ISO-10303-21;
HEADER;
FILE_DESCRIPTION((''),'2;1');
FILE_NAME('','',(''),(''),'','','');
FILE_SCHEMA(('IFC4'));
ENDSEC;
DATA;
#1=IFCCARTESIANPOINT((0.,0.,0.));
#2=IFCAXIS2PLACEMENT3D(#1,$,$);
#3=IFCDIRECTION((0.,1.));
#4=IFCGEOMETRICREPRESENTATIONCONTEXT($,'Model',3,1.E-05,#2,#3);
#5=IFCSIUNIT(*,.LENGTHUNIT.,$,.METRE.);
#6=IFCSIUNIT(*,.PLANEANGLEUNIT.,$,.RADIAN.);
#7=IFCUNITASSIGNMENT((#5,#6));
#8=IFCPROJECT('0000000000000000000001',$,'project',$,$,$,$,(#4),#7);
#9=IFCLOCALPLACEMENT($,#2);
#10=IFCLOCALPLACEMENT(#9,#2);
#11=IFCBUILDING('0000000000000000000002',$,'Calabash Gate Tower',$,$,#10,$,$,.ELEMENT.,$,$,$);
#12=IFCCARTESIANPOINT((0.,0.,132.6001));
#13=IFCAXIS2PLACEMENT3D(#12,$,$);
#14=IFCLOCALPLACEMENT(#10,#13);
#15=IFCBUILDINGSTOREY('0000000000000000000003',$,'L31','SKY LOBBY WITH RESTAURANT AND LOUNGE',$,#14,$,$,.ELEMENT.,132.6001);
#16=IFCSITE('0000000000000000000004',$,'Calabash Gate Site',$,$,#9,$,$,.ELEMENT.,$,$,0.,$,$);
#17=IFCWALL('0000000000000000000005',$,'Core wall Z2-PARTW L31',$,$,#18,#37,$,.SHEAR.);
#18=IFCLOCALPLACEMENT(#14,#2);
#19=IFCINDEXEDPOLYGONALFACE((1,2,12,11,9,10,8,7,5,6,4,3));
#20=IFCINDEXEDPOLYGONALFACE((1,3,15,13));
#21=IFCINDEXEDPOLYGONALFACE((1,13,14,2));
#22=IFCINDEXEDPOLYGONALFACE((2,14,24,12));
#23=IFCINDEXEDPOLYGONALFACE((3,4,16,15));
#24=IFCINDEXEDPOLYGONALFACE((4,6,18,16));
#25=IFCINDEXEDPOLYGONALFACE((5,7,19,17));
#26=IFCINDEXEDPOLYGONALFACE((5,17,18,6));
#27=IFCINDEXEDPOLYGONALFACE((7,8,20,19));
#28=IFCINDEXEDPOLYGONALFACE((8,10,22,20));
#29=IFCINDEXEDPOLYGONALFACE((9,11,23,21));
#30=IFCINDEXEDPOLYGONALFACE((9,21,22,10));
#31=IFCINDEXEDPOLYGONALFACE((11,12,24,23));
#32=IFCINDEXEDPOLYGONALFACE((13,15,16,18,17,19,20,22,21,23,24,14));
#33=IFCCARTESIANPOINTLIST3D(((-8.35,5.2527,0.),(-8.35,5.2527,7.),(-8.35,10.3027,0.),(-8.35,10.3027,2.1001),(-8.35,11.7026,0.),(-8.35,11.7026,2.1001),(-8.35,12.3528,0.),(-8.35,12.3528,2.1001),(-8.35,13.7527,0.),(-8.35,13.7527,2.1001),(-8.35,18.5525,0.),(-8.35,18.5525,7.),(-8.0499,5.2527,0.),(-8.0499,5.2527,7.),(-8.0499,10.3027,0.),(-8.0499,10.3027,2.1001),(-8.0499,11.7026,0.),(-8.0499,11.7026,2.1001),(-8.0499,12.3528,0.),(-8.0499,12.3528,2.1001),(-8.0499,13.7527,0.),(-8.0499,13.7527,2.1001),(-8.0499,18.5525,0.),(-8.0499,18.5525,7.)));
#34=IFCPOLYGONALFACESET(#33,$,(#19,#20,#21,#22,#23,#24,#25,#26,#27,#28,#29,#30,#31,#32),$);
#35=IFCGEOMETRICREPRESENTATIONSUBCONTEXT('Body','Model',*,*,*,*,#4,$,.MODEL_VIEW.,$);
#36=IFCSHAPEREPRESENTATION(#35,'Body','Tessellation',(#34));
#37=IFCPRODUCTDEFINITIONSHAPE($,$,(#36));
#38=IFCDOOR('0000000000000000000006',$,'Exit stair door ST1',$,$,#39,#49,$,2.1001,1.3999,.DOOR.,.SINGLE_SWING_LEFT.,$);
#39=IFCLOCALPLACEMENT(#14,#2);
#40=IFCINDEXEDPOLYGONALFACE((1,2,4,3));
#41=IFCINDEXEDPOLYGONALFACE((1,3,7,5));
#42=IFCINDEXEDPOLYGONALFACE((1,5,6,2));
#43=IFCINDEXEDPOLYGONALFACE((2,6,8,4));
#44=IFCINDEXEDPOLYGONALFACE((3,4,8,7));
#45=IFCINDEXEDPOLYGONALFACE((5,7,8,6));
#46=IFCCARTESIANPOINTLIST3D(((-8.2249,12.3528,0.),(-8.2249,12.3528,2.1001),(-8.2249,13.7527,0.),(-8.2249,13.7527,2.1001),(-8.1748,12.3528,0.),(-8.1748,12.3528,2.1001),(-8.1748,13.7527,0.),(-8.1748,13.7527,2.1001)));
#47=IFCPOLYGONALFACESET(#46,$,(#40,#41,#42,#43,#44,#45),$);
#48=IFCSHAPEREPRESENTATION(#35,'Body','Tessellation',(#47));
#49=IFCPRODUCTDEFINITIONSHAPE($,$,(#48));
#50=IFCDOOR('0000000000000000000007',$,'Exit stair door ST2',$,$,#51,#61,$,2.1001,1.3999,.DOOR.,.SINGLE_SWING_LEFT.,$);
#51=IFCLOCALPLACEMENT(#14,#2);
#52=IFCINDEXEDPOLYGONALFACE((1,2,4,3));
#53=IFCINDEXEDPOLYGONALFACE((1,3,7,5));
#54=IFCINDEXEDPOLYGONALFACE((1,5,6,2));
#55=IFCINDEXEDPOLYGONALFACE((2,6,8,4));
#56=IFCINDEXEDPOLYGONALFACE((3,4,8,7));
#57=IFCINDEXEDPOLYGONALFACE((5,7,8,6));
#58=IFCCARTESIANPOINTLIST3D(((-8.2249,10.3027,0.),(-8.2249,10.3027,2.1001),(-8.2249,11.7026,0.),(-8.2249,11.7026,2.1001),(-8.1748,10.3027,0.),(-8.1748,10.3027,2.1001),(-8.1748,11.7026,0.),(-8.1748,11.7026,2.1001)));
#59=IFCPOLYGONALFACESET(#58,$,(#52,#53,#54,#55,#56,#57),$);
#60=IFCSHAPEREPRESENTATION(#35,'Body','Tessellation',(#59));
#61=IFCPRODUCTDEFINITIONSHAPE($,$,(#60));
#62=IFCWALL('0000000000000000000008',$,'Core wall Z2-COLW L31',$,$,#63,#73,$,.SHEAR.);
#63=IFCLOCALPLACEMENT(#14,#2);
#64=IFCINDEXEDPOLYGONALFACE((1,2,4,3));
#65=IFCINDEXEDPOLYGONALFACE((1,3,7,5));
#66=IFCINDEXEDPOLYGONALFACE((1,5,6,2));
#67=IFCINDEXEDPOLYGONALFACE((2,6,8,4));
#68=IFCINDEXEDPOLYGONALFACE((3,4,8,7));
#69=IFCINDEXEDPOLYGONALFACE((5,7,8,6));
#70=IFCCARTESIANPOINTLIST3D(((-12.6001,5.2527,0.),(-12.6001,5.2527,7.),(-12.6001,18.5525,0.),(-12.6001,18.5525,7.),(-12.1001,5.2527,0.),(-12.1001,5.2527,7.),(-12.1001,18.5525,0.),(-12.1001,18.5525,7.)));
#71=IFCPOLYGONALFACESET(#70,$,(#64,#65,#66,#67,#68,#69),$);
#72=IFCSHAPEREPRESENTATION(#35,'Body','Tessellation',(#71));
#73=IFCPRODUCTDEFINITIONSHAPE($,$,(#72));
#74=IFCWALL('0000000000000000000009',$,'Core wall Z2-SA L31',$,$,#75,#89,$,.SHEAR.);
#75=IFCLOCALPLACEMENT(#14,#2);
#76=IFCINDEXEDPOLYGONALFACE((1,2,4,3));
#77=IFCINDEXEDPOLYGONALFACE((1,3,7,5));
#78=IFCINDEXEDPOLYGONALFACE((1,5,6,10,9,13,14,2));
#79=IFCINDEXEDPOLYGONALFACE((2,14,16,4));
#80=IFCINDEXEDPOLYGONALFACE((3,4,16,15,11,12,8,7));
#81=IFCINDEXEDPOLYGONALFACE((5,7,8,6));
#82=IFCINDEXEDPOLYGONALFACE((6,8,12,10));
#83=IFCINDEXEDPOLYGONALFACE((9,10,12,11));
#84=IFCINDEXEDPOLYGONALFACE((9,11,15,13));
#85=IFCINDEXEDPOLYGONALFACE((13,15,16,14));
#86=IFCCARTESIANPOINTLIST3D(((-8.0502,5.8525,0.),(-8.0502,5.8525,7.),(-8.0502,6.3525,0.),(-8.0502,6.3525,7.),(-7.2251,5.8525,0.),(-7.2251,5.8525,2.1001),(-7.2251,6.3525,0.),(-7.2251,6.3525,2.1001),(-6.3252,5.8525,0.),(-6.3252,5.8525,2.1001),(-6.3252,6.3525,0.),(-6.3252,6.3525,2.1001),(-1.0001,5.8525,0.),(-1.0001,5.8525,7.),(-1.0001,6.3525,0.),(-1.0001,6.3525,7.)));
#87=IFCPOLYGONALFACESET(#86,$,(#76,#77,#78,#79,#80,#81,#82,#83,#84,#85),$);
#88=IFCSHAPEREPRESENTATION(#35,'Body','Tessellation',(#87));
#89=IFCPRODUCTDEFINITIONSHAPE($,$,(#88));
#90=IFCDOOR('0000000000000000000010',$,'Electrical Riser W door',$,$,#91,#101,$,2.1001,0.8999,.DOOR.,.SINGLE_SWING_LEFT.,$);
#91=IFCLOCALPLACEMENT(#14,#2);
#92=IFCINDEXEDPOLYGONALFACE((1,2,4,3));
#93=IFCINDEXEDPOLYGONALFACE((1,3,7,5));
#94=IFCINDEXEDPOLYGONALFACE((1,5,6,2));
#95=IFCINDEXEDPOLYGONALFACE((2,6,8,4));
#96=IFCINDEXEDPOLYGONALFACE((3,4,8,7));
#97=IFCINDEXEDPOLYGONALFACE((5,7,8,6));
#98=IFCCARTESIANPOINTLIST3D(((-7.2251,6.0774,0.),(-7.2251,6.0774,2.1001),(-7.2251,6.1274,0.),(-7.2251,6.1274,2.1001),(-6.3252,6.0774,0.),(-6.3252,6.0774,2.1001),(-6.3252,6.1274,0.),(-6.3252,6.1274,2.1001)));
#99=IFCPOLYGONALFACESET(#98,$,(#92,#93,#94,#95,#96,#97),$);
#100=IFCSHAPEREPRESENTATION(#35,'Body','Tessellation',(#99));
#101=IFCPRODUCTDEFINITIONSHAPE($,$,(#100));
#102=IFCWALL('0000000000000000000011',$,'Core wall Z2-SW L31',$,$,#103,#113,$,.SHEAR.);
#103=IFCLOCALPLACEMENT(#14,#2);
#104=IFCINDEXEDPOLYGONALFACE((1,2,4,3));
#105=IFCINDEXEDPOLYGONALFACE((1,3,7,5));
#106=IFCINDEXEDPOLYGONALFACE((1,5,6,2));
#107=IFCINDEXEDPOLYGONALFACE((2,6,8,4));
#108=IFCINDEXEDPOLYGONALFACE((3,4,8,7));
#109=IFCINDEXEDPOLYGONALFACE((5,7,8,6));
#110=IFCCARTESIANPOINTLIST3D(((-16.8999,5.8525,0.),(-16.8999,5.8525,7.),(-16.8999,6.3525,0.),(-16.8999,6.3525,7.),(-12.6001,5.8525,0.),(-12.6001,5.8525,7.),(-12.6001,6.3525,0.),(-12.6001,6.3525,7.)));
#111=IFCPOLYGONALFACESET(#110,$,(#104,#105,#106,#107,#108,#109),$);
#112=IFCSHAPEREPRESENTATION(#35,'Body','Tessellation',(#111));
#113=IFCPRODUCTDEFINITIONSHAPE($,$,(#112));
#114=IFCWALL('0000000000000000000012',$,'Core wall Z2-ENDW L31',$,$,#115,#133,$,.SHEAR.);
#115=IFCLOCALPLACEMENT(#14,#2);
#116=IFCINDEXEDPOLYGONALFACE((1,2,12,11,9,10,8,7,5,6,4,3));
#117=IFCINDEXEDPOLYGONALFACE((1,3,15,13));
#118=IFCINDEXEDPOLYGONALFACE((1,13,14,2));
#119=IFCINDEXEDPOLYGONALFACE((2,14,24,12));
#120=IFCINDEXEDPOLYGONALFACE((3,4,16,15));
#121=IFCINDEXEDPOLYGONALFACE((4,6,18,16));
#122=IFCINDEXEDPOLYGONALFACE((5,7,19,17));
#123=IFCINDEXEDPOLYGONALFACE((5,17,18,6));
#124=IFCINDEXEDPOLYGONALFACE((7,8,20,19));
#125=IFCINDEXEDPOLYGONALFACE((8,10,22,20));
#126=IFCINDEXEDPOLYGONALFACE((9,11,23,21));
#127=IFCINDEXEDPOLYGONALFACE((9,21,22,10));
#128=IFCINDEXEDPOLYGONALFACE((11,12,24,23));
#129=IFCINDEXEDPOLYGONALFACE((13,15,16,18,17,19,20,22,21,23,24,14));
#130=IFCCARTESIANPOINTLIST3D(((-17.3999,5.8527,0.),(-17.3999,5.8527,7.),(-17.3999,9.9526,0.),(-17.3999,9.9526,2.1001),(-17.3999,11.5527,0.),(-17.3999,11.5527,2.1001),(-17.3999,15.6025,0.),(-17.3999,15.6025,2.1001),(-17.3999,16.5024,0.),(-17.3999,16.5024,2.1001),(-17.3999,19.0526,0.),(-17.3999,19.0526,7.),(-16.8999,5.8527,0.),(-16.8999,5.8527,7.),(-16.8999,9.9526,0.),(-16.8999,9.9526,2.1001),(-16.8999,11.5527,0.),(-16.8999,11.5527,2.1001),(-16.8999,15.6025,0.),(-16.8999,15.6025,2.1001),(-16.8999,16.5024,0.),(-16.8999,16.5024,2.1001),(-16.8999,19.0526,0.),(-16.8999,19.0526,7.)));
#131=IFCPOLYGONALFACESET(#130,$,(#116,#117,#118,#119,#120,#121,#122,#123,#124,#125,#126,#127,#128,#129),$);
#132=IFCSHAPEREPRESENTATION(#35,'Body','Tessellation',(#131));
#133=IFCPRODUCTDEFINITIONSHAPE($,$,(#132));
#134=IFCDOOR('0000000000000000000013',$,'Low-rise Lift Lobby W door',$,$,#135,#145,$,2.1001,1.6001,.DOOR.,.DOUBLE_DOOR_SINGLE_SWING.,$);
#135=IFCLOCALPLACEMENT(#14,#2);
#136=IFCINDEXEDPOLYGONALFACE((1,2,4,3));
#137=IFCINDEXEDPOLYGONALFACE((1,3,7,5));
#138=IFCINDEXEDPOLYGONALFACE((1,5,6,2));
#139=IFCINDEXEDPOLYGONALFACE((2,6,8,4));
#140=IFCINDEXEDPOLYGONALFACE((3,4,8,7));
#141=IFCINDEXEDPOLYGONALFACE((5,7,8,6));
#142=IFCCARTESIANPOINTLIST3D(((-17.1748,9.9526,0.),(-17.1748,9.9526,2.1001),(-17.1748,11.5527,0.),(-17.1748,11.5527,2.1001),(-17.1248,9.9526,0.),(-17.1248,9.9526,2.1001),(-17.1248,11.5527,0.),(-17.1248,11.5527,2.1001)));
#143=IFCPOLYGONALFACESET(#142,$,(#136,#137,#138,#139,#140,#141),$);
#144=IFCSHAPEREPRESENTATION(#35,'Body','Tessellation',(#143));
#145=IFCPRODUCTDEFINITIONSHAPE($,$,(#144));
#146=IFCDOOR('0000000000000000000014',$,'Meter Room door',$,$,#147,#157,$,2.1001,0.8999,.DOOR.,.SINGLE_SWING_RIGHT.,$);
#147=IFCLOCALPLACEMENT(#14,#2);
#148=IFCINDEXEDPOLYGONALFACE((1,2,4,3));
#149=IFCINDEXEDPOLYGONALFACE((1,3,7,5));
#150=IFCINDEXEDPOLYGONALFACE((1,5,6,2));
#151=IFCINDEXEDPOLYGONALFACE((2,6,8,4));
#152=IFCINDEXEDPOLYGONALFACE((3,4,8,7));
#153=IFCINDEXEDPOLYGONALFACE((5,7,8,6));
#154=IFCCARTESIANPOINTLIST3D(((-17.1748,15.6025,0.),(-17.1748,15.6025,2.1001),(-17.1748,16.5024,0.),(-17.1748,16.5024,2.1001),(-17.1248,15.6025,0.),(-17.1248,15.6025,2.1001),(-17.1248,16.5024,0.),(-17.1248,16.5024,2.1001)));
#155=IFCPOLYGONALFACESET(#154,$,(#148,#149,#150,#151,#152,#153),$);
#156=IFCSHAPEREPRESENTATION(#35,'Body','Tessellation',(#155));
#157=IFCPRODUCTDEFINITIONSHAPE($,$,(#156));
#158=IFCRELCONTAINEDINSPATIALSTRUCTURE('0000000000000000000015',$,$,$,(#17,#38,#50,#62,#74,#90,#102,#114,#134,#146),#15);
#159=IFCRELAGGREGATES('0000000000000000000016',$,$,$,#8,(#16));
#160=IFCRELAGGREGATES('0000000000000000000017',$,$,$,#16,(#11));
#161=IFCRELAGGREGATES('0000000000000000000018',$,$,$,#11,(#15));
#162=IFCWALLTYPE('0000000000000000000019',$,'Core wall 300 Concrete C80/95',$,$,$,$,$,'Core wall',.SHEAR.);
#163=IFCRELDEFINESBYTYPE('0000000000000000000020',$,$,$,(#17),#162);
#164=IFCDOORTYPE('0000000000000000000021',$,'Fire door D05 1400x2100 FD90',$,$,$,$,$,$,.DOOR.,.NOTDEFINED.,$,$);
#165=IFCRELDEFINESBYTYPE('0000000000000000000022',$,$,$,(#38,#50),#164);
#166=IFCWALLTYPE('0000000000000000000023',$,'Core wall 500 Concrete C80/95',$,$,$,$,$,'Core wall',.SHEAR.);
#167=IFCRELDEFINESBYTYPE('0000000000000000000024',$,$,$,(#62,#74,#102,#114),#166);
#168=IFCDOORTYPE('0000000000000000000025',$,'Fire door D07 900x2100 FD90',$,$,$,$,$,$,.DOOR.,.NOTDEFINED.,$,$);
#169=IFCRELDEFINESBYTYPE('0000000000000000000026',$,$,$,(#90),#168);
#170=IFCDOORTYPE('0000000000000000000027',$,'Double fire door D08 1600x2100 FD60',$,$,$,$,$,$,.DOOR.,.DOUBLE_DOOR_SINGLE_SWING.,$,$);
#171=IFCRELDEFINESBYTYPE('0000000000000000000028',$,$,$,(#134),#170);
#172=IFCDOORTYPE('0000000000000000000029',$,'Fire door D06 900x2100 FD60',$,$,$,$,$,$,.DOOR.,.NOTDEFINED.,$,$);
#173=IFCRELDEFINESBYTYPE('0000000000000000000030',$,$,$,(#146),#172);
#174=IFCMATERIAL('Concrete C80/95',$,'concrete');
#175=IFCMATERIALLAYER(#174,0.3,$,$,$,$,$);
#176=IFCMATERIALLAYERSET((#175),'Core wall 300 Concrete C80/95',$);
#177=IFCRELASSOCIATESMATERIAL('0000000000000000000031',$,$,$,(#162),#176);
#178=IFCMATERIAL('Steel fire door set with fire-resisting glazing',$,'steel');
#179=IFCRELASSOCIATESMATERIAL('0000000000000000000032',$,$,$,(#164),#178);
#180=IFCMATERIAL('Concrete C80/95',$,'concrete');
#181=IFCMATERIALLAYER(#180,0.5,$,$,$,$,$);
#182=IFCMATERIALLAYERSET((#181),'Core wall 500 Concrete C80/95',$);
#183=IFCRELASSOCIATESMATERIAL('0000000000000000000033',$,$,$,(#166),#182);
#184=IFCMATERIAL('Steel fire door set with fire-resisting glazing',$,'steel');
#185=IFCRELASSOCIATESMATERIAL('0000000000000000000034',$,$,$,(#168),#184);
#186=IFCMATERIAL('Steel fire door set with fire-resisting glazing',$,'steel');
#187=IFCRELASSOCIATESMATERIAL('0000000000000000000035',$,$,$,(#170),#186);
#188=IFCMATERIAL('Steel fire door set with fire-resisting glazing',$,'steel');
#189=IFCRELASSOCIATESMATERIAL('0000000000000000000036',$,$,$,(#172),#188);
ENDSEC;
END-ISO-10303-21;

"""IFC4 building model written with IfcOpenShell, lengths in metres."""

from ifc_helpers import new_model, si_unit, direction, frame, frame_2d, origin, place, context, subcontext, project, spatial, rectangle, extrude, material, layer, layer_set, type_object, element, fill, save


model = new_model("IFC4")

# Units and contexts
model_context = context("Model", 3, precision=1e-05, world=origin(), true_north=direction((0.0, 1.0)))
body_context = subcontext(model_context, "Body", "Model", "MODEL_VIEW")
ifc_project = project(units=[si_unit("LENGTHUNIT", "METRE"), si_unit("PLANEANGLEUNIT", "RADIAN")], contexts=[model_context])

# Site, building, storey
site_placement = place(None, origin())
site = spatial("IfcSite", under=ifc_project, at=site_placement, Name="Calabash Gate Site", CompositionType="ELEMENT", RefElevation=0.0)
building_placement = place(site_placement, origin())
building = spatial("IfcBuilding", under=site, at=building_placement, Name="Calabash Gate Tower", CompositionType="ELEMENT")
storey_placement = place(building_placement, frame((0.0, 0.0, 132.6001)))
storey = spatial("IfcBuildingStorey", under=building, at=storey_placement, Name="L31", Description="SKY LOBBY WITH RESTAURANT AND LOUNGE", CompositionType="ELEMENT", Elevation=132.6001)

# Wall, openings, doors
ifc_material_1 = material(Name="Concrete C80/95", Category="concrete")
ifc_layer_1 = layer(ifc_material_1, 0.3)
ifc_layer_set_1 = layer_set([ifc_layer_1], Name="Core wall 300 Concrete C80/95")
wall_type_1 = type_object("IfcWallType", Name="Core wall 300 Concrete C80/95", ElementType="Core wall", PredefinedType="SHEAR", material=ifc_layer_set_1)
wall_1_placement = place(storey_placement, frame((-8.2, 5.2527, 0.0), z_axis=(0.0, 0.0, 1.0), x_axis=(0.0, 1.0, 0.0)))
wall_1 = element("IfcWall", 1, at=wall_1_placement, inside=storey, type_object=wall_type_1, Name="Core wall Z2-PARTW L31", PredefinedType="SHEAR", context=body_context, shape_type="SweptSolid", body=[
    extrude(rectangle(XDim=13.2998, YDim=0.3, at=frame_2d((6.6499, 0.0))), origin(), (0.0, 0.0, 1.0), 7.0),
])
opening_1_placement = place(wall_1_placement, frame((7.1001, 0.0, 0.0)))
opening_1 = element("IfcOpeningElement", 2, at=opening_1_placement, cuts=wall_1, PredefinedType="OPENING", context=body_context, shape_type="SweptSolid", body=[
    extrude(rectangle(XDim=1.3999, YDim=2.1001, at=frame_2d((0.7, 1.05))), frame((0.0, 0.1599, 0.0), z_axis=(0.0, -1.0, 0.0), x_axis=(1.0, 0.0, 0.0)), (0.0, 0.0, 1.0), 0.3201),
])
opening_2_placement = place(wall_1_placement, frame((5.05, 0.0, 0.0)))
opening_2 = element("IfcOpeningElement", 3, at=opening_2_placement, cuts=wall_1, PredefinedType="OPENING", context=body_context, shape_type="SweptSolid", body=[
    extrude(rectangle(XDim=1.3999, YDim=2.1001, at=frame_2d((0.7, 1.05))), frame((0.0, 0.1599, 0.0), z_axis=(0.0, -1.0, 0.0), x_axis=(1.0, 0.0, 0.0)), (0.0, 0.0, 1.0), 0.3201),
])
ifc_material_2 = material(Name="Steel fire door set with fire-resisting glazing", Category="steel")
door_type_1 = type_object("IfcDoorType", Name="Fire door D05 1400x2100 FD90", OperationType="NOTDEFINED", PredefinedType="DOOR", material=ifc_material_2)
door_1_placement = place(opening_1_placement, origin())
door_1 = element("IfcDoor", 4, at=door_1_placement, inside=storey, type_object=door_type_1, Name="Exit stair door ST1", OperationType="SINGLE_SWING_LEFT", OverallHeight=2.1001, OverallWidth=1.3999, PredefinedType="DOOR", context=body_context, shape_type="SweptSolid", body=[
    extrude(rectangle(XDim=1.3999, YDim=2.1001, at=frame_2d((0.7, 1.05))), frame((0.0, 0.0249, 0.0), z_axis=(0.0, -1.0, 0.0), x_axis=(1.0, 0.0, 0.0)), (0.0, 0.0, 1.0), 0.05),
])
fill(opening_1, door_1)
door_2_placement = place(opening_2_placement, origin())
door_2 = element("IfcDoor", 5, at=door_2_placement, inside=storey, type_object=door_type_1, Name="Exit stair door ST2", OperationType="SINGLE_SWING_LEFT", OverallHeight=2.1001, OverallWidth=1.3999, PredefinedType="DOOR", context=body_context, shape_type="SweptSolid", body=[
    extrude(rectangle(XDim=1.3999, YDim=2.1001, at=frame_2d((0.7, 1.05))), frame((0.0, 0.0249, 0.0), z_axis=(0.0, -1.0, 0.0), x_axis=(1.0, 0.0, 0.0)), (0.0, 0.0, 1.0), 0.05),
])
fill(opening_2, door_2)

# Wall
ifc_material_3 = material(Name="Concrete C80/95", Category="concrete")
ifc_layer_2 = layer(ifc_material_3, 0.5)
ifc_layer_set_2 = layer_set([ifc_layer_2], Name="Core wall 500 Concrete C80/95")
wall_type_2 = type_object("IfcWallType", Name="Core wall 500 Concrete C80/95", ElementType="Core wall", PredefinedType="SHEAR", material=ifc_layer_set_2)
wall_2_placement = place(storey_placement, frame((-12.3501, 5.2527, 0.0), z_axis=(0.0, 0.0, 1.0), x_axis=(0.0, 1.0, 0.0)))
element("IfcWall", 6, at=wall_2_placement, inside=storey, type_object=wall_type_2, Name="Core wall Z2-COLW L31", PredefinedType="SHEAR", context=body_context, shape_type="SweptSolid", body=[
    extrude(rectangle(XDim=13.2998, YDim=0.5, at=frame_2d((6.6499, 0.0))), origin(), (0.0, 0.0, 1.0), 7.0),
])

# Wall, opening, door
wall_3_placement = place(storey_placement, frame((-8.05, 6.1025, 0.0), z_axis=(0.0, 0.0, 1.0), x_axis=(1.0, 0.0, 0.0)))
wall_3 = element("IfcWall", 7, at=wall_3_placement, inside=storey, type_object=wall_type_2, Name="Core wall Z2-SA L31", PredefinedType="SHEAR", context=body_context, shape_type="SweptSolid", body=[
    extrude(rectangle(XDim=7.05, YDim=0.5, at=frame_2d((3.5249, 0.0))), origin(), (0.0, 0.0, 1.0), 7.0),
])
opening_3_placement = place(wall_3_placement, frame((0.825, 0.0, 0.0)))
opening_3 = element("IfcOpeningElement", 8, at=opening_3_placement, cuts=wall_3, PredefinedType="OPENING", context=body_context, shape_type="SweptSolid", body=[
    extrude(rectangle(XDim=0.8999, YDim=2.1001, at=frame_2d((0.45, 1.05))), frame((0.0, 0.26, 0.0), z_axis=(0.0, -1.0, 0.0), x_axis=(1.0, 0.0, 0.0)), (0.0, 0.0, 1.0), 0.52),
])
ifc_material_4 = material(Name="Steel fire door set with fire-resisting glazing", Category="steel")
door_type_2 = type_object("IfcDoorType", Name="Fire door D07 900x2100 FD90", OperationType="NOTDEFINED", PredefinedType="DOOR", material=ifc_material_4)
door_3_placement = place(opening_3_placement, origin())
door_3 = element("IfcDoor", 9, at=door_3_placement, inside=storey, type_object=door_type_2, Name="Electrical Riser W door", OperationType="SINGLE_SWING_LEFT", OverallHeight=2.1001, OverallWidth=0.8999, PredefinedType="DOOR", context=body_context, shape_type="SweptSolid", body=[
    extrude(rectangle(XDim=0.8999, YDim=2.1001, at=frame_2d((0.45, 1.05))), frame((0.0, 0.0249, 0.0), z_axis=(0.0, -1.0, 0.0), x_axis=(1.0, 0.0, 0.0)), (0.0, 0.0, 1.0), 0.05),
])
fill(opening_3, door_3)

# Wall
wall_4_placement = place(storey_placement, frame((-12.6001, 6.1025, 0.0), z_axis=(0.0, 0.0, 1.0), x_axis=(-1.0, 0.0, 0.0)))
element("IfcWall", 10, at=wall_4_placement, inside=storey, type_object=wall_type_2, Name="Core wall Z2-SW L31", PredefinedType="SHEAR", context=body_context, shape_type="SweptSolid", body=[
    extrude(rectangle(XDim=4.2998, YDim=0.5, at=frame_2d((2.1499, 0.0))), origin(), (0.0, 0.0, 1.0), 7.0),
])

# Wall, openings, doors
wall_5_placement = place(storey_placement, frame((-17.1499, 5.8525, 0.0), z_axis=(0.0, 0.0, 1.0), x_axis=(0.0, 1.0, 0.0)))
wall_5 = element("IfcWall", 11, at=wall_5_placement, inside=storey, type_object=wall_type_2, Name="Core wall Z2-ENDW L31", PredefinedType="SHEAR", context=body_context, shape_type="SweptSolid", body=[
    extrude(rectangle(XDim=13.2, YDim=0.5, at=frame_2d((6.6001, 0.0))), origin(), (0.0, 0.0, 1.0), 7.0),
])
opening_4_placement = place(wall_5_placement, frame((4.1001, 0.0, 0.0)))
opening_4 = element("IfcOpeningElement", 12, at=opening_4_placement, cuts=wall_5, PredefinedType="OPENING", context=body_context, shape_type="SweptSolid", body=[
    extrude(rectangle(XDim=1.6001, YDim=2.1001, at=frame_2d((0.8, 1.05))), frame((0.0, 0.26, 0.0), z_axis=(0.0, -1.0, 0.0), x_axis=(1.0, 0.0, 0.0)), (0.0, 0.0, 1.0), 0.52),
])
opening_5_placement = place(wall_5_placement, frame((9.75, 0.0, 0.0)))
opening_5 = element("IfcOpeningElement", 13, at=opening_5_placement, cuts=wall_5, PredefinedType="OPENING", context=body_context, shape_type="SweptSolid", body=[
    extrude(rectangle(XDim=0.8999, YDim=2.1001, at=frame_2d((0.45, 1.05))), frame((0.0, 0.26, 0.0), z_axis=(0.0, -1.0, 0.0), x_axis=(1.0, 0.0, 0.0)), (0.0, 0.0, 1.0), 0.52),
])
ifc_material_5 = material(Name="Steel fire door set with fire-resisting glazing", Category="steel")
door_type_3 = type_object("IfcDoorType", Name="Double fire door D08 1600x2100 FD60", OperationType="DOUBLE_DOOR_SINGLE_SWING", PredefinedType="DOOR", material=ifc_material_5)
door_4_placement = place(opening_4_placement, origin())
door_4 = element("IfcDoor", 14, at=door_4_placement, inside=storey, type_object=door_type_3, Name="Low-rise Lift Lobby W door", OperationType="DOUBLE_DOOR_SINGLE_SWING", OverallHeight=2.1001, OverallWidth=1.6001, PredefinedType="DOOR", context=body_context, shape_type="SweptSolid", body=[
    extrude(rectangle(XDim=1.6001, YDim=2.1001, at=frame_2d((0.8, 1.05))), frame((0.0, 0.0249, 0.0), z_axis=(0.0, -1.0, 0.0), x_axis=(1.0, 0.0, 0.0)), (0.0, 0.0, 1.0), 0.05),
])
fill(opening_4, door_4)
ifc_material_6 = material(Name="Steel fire door set with fire-resisting glazing", Category="steel")
door_type_4 = type_object("IfcDoorType", Name="Fire door D06 900x2100 FD60", OperationType="NOTDEFINED", PredefinedType="DOOR", material=ifc_material_6)
door_5_placement = place(opening_5_placement, origin())
door_5 = element("IfcDoor", 15, at=door_5_placement, inside=storey, type_object=door_type_4, Name="Meter Room door", OperationType="SINGLE_SWING_RIGHT", OverallHeight=2.1001, OverallWidth=0.8999, PredefinedType="DOOR", context=body_context, shape_type="SweptSolid", body=[
    extrude(rectangle(XDim=0.8999, YDim=2.1001, at=frame_2d((0.45, 1.05))), frame((0.0, 0.0249, 0.0), z_axis=(0.0, -1.0, 0.0), x_axis=(1.0, 0.0, 0.0)), (0.0, 0.0, 1.0), 0.05),
])
fill(opening_5, door_5)

save(model, "model.ifc")
